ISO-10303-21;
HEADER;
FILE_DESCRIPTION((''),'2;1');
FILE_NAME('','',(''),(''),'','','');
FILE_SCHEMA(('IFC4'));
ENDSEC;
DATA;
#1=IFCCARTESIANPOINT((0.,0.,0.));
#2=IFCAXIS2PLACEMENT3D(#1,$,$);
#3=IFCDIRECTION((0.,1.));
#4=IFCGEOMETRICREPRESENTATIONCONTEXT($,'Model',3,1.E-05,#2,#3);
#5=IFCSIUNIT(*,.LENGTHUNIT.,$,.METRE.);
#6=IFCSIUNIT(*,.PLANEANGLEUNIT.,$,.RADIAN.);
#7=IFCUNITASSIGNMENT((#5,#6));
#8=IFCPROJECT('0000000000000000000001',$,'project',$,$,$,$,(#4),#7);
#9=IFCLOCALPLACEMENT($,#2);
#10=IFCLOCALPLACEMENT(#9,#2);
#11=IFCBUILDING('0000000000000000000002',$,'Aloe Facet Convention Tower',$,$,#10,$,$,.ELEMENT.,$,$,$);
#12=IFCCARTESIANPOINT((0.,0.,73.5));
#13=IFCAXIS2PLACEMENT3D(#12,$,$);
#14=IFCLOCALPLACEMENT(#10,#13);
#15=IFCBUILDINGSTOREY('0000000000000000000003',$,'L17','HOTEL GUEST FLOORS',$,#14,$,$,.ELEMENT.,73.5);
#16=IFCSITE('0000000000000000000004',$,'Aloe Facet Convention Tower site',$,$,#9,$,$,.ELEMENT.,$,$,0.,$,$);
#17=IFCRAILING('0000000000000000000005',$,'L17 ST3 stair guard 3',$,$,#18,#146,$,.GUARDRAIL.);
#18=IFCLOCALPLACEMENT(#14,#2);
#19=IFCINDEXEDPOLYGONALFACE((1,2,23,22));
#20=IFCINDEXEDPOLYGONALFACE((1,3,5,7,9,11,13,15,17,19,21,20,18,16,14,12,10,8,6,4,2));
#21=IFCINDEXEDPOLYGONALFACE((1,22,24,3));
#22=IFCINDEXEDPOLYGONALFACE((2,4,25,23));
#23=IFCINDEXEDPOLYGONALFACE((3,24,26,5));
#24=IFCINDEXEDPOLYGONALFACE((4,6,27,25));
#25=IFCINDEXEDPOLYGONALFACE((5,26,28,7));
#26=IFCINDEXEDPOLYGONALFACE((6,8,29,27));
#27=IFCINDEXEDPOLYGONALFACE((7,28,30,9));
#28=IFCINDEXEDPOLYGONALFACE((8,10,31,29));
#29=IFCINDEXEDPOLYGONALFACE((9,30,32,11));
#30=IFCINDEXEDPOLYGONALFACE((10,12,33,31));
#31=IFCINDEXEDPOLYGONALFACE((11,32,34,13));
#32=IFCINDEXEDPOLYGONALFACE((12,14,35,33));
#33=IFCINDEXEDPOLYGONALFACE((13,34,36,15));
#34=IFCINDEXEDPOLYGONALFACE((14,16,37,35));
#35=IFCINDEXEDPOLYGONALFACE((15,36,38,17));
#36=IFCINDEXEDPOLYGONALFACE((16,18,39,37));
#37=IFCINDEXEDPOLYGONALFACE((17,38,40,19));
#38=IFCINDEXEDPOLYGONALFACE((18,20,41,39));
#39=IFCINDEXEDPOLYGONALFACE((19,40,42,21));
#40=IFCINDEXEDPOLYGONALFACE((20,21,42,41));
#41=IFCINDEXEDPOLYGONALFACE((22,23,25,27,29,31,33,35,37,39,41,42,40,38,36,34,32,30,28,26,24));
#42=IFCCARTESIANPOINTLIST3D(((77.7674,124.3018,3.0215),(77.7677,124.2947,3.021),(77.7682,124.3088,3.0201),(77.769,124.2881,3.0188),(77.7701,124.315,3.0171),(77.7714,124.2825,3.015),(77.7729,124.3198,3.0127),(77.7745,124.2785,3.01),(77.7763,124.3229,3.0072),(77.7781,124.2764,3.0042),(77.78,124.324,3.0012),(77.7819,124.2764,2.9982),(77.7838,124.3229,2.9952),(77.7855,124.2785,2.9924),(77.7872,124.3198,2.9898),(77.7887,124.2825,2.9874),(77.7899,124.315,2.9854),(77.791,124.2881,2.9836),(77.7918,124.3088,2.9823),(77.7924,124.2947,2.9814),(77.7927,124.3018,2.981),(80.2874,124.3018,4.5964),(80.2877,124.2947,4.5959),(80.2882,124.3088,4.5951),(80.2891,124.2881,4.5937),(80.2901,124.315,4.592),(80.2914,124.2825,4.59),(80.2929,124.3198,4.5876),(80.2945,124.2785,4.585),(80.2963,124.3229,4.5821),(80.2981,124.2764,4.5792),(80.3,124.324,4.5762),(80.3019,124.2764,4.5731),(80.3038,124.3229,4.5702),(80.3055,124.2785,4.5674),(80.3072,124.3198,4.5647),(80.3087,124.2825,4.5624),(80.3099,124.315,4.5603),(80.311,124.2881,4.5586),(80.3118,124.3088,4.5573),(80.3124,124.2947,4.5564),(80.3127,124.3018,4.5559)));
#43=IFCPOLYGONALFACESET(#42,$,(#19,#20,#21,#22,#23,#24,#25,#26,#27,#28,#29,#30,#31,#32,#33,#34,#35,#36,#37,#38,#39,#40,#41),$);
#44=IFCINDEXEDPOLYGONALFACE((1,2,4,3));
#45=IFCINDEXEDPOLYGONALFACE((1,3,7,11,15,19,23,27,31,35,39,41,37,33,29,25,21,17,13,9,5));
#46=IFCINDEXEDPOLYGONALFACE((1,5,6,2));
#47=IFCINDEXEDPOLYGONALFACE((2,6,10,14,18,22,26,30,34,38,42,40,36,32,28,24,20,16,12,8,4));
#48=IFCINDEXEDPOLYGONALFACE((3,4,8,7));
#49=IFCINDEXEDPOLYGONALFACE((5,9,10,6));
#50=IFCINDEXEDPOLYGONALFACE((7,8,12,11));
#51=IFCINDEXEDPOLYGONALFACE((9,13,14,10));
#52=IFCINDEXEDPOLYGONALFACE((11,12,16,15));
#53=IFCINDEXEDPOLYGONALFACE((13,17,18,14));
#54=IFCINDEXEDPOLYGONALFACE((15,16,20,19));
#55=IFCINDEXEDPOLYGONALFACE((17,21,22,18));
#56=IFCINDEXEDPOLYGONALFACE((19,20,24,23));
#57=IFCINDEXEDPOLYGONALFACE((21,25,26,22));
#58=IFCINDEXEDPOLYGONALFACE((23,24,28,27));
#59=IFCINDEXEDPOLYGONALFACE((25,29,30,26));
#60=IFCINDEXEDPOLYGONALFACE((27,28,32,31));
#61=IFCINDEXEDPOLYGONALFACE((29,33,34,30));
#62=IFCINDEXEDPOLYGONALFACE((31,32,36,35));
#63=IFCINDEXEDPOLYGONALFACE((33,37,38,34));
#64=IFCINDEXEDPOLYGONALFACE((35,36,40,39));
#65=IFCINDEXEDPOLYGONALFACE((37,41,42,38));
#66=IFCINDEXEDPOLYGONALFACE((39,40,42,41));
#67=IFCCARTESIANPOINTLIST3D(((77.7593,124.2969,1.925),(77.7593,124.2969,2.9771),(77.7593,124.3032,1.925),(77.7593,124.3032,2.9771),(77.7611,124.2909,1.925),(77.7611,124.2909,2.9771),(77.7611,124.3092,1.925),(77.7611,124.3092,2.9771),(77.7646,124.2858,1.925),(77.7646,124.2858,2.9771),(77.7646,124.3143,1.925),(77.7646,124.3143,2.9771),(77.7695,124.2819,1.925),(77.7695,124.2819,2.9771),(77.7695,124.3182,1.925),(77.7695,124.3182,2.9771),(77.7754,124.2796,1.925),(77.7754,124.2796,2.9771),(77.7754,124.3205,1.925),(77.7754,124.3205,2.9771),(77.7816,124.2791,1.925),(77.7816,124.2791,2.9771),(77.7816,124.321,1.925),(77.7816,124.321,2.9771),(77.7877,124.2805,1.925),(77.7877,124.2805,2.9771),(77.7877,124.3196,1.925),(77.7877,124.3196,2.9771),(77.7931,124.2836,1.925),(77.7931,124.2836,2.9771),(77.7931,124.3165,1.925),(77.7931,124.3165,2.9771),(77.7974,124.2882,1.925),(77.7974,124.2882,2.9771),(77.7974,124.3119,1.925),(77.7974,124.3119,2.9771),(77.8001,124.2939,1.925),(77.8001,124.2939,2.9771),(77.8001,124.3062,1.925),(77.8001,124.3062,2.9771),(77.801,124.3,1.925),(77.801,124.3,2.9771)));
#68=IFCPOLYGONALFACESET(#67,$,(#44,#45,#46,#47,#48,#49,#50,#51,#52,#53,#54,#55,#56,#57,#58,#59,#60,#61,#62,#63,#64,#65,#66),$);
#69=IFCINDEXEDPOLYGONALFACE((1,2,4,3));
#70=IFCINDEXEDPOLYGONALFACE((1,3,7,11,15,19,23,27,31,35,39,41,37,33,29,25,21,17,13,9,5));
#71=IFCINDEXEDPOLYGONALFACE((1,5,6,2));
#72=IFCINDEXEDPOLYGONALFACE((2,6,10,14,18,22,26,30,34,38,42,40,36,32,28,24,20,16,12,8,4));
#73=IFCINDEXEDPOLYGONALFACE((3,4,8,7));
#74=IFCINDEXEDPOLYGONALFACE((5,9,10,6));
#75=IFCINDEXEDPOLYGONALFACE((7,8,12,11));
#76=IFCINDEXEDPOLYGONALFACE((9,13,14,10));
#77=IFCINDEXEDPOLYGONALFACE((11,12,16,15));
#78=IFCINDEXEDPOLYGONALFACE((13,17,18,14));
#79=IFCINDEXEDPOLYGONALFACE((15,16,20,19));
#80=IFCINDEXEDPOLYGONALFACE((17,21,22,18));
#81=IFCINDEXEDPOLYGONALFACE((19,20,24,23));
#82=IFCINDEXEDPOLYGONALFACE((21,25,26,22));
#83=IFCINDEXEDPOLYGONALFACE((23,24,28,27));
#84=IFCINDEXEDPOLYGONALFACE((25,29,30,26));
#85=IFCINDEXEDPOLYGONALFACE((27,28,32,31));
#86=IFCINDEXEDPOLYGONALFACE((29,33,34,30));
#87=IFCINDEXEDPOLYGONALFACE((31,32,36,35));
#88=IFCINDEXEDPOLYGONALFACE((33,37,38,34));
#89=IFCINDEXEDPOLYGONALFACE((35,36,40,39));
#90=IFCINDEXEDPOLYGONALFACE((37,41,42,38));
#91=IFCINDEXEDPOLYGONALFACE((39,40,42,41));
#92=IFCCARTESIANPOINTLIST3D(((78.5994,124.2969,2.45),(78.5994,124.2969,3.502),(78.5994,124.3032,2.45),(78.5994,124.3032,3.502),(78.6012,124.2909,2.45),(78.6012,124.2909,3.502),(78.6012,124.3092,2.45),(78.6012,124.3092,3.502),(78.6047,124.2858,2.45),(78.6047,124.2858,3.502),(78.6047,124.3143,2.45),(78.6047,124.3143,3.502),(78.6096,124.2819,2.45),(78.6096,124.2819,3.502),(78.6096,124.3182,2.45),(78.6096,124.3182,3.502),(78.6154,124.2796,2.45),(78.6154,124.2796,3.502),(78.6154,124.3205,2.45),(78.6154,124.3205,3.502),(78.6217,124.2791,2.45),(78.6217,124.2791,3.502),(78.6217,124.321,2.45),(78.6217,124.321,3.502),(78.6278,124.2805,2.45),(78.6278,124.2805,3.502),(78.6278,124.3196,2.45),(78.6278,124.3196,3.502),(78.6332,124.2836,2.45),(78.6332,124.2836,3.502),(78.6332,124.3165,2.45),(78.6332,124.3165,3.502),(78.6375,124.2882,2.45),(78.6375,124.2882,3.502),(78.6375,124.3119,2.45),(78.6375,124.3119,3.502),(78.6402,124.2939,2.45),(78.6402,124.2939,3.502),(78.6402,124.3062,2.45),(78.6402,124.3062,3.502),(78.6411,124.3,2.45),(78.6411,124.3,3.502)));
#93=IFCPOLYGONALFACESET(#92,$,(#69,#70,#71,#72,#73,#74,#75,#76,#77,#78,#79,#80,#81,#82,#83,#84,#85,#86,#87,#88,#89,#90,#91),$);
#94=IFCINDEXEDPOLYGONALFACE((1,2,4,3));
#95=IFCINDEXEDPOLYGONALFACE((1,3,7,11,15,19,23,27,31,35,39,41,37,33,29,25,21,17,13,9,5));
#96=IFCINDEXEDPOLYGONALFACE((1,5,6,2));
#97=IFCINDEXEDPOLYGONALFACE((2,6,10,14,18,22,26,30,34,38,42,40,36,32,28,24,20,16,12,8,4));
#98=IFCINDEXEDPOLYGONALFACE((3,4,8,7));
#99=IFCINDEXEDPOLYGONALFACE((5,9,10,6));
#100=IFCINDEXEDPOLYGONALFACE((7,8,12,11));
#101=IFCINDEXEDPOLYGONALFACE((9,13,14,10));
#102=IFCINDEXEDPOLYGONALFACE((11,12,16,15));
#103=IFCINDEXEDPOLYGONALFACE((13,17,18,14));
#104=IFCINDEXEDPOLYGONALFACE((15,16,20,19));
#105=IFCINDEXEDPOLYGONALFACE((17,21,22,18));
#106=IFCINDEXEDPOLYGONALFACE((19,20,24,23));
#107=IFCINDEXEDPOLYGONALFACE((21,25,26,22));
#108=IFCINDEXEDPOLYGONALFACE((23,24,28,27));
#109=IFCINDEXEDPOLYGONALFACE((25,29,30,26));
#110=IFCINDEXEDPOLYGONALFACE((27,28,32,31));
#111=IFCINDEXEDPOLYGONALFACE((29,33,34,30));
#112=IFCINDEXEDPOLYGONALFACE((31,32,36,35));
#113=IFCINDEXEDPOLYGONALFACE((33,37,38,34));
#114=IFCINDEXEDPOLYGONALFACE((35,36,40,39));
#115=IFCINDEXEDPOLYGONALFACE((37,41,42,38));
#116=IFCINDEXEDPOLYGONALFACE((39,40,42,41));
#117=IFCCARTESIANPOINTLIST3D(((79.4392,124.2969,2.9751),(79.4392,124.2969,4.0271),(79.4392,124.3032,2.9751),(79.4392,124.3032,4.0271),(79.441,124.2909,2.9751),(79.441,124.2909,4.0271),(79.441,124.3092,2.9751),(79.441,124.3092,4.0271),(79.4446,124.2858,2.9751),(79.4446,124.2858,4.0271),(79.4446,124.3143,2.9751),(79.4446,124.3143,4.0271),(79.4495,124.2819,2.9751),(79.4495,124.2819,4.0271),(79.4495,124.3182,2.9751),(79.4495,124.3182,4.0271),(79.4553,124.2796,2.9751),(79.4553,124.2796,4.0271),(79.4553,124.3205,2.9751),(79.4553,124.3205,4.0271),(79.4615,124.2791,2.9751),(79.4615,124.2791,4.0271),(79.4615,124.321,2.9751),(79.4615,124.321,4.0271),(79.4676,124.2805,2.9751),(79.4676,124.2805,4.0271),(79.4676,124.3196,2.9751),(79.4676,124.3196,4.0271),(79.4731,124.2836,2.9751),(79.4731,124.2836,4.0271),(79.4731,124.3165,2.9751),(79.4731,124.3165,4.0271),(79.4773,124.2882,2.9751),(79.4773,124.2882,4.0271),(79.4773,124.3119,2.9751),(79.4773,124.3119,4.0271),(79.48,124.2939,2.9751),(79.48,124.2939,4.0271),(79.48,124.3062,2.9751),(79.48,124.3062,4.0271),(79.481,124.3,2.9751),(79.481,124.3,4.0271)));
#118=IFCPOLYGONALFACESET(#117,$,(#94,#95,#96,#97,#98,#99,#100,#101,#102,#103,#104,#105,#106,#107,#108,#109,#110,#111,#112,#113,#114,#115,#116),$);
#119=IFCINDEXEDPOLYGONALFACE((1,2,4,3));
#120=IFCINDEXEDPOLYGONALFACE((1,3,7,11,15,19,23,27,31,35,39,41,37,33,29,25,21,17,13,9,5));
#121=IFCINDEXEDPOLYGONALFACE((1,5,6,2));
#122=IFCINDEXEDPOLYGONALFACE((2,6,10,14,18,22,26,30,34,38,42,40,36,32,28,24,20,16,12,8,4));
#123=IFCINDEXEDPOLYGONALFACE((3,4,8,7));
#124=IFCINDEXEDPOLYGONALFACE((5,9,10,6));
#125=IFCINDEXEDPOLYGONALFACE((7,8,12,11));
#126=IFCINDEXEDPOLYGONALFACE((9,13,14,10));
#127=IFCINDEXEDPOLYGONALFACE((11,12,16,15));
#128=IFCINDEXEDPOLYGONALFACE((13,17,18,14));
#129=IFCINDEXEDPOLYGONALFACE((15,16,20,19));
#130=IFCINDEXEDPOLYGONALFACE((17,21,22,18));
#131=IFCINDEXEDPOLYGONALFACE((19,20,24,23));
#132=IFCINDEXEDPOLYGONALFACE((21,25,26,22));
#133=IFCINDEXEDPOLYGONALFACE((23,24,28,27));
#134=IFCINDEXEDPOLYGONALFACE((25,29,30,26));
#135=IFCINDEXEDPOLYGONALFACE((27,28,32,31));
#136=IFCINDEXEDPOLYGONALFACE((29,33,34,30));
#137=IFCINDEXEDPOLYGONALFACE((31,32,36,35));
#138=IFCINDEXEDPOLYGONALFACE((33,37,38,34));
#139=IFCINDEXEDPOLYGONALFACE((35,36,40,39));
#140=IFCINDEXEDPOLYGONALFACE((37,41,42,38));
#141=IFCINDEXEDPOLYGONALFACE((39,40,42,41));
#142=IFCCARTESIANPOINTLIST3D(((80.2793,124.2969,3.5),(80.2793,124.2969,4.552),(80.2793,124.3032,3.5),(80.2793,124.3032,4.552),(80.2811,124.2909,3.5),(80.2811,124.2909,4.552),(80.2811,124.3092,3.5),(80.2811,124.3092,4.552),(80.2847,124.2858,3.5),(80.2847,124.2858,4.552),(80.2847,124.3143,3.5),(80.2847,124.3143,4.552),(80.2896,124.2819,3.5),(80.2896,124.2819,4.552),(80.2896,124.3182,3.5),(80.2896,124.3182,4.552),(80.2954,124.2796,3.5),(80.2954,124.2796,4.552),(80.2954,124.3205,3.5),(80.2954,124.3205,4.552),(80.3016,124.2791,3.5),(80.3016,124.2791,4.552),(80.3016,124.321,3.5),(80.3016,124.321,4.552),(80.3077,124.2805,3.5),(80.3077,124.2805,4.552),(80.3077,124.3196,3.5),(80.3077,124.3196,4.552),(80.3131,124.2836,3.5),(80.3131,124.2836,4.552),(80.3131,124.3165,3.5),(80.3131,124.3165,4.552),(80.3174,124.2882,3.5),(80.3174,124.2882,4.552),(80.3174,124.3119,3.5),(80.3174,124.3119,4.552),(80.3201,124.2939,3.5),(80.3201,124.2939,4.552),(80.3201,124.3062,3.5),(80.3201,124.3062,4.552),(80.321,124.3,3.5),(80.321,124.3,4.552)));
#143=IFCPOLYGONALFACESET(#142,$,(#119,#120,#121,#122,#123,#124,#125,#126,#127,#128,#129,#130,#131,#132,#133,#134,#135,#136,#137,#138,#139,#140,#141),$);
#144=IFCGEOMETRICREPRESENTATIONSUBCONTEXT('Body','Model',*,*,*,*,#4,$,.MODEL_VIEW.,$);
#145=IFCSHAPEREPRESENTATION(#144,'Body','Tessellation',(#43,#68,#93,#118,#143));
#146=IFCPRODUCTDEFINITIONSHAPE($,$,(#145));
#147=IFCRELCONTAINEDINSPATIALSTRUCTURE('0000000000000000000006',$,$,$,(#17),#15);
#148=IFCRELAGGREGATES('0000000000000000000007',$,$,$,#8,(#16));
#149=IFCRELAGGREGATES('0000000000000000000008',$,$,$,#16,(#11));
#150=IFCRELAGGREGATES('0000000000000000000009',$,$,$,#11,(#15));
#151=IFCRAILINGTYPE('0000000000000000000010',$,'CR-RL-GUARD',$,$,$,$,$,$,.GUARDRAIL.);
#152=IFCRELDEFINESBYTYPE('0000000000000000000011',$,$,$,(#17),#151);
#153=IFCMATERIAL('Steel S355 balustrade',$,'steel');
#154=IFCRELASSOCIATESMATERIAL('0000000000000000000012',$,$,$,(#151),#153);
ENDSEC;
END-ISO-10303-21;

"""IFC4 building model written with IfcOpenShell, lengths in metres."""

from ifc_helpers import new_model, si_unit, direction, frame, origin, origin_2d, place, context, subcontext, project, spatial, circle, extrude, material, type_object, element, save


model = new_model("IFC4")

# Units and contexts
model_context = context("Model", 3, precision=1e-05, world=origin(), true_north=direction((0.0, 1.0)))
body_context = subcontext(model_context, "Body", "Model", "MODEL_VIEW")
ifc_project = project(units=[si_unit("LENGTHUNIT", "METRE"), si_unit("PLANEANGLEUNIT", "RADIAN")], contexts=[model_context])

# Site, building, storey
site_placement = place(None, origin())
site = spatial("IfcSite", under=ifc_project, at=site_placement, Name="Aloe Facet Convention Tower site", CompositionType="ELEMENT", RefElevation=0.0)
building_placement = place(site_placement, origin())
building = spatial("IfcBuilding", under=site, at=building_placement, Name="Aloe Facet Convention Tower", CompositionType="ELEMENT")
storey_placement = place(building_placement, frame((0.0, 0.0, 73.5)))
storey = spatial("IfcBuildingStorey", under=building, at=storey_placement, Name="L17", Description="HOTEL GUEST FLOORS", CompositionType="ELEMENT", Elevation=73.5)

# Railing
ifc_material_1 = material(Name="Steel S355 balustrade", Category="steel")
railing_type_1 = type_object("IfcRailingType", Name="CR-RL-GUARD", PredefinedType="GUARDRAIL", material=ifc_material_1)
railing_1_placement = place(storey_placement, frame((77.78, 124.3, 1.925)))
element("IfcRailing", 1, at=railing_1_placement, inside=storey, type_object=railing_type_1, Name="L17 ST3 stair guard 3", PredefinedType="GUARDRAIL", context=body_context, shape_type="SweptSolid", body=[
    extrude(circle(Radius=0.0239, at=origin_2d()), frame((0.0, 0.0, 1.0762), z_axis=(0.848008, 0.0, 0.529984), x_axis=(0.0, 1.0, 0.0)), (0.0, 0.0, 1.0), 2.9717),
    extrude(circle(Radius=0.021, at=origin_2d()), origin(), (0.0, 0.0, 1.0), 1.052),
    extrude(circle(Radius=0.021, at=origin_2d()), frame((0.8401, 0.0, 0.5249)), (0.0, 0.0, 1.0), 1.052),
    extrude(circle(Radius=0.021, at=origin_2d()), frame((1.6799, 0.0, 1.05)), (0.0, 0.0, 1.0), 1.052),
    extrude(circle(Radius=0.021, at=origin_2d()), frame((2.52, 0.0, 1.575)), (0.0, 0.0, 1.0), 1.052),
])

save(model, "model.ifc")
